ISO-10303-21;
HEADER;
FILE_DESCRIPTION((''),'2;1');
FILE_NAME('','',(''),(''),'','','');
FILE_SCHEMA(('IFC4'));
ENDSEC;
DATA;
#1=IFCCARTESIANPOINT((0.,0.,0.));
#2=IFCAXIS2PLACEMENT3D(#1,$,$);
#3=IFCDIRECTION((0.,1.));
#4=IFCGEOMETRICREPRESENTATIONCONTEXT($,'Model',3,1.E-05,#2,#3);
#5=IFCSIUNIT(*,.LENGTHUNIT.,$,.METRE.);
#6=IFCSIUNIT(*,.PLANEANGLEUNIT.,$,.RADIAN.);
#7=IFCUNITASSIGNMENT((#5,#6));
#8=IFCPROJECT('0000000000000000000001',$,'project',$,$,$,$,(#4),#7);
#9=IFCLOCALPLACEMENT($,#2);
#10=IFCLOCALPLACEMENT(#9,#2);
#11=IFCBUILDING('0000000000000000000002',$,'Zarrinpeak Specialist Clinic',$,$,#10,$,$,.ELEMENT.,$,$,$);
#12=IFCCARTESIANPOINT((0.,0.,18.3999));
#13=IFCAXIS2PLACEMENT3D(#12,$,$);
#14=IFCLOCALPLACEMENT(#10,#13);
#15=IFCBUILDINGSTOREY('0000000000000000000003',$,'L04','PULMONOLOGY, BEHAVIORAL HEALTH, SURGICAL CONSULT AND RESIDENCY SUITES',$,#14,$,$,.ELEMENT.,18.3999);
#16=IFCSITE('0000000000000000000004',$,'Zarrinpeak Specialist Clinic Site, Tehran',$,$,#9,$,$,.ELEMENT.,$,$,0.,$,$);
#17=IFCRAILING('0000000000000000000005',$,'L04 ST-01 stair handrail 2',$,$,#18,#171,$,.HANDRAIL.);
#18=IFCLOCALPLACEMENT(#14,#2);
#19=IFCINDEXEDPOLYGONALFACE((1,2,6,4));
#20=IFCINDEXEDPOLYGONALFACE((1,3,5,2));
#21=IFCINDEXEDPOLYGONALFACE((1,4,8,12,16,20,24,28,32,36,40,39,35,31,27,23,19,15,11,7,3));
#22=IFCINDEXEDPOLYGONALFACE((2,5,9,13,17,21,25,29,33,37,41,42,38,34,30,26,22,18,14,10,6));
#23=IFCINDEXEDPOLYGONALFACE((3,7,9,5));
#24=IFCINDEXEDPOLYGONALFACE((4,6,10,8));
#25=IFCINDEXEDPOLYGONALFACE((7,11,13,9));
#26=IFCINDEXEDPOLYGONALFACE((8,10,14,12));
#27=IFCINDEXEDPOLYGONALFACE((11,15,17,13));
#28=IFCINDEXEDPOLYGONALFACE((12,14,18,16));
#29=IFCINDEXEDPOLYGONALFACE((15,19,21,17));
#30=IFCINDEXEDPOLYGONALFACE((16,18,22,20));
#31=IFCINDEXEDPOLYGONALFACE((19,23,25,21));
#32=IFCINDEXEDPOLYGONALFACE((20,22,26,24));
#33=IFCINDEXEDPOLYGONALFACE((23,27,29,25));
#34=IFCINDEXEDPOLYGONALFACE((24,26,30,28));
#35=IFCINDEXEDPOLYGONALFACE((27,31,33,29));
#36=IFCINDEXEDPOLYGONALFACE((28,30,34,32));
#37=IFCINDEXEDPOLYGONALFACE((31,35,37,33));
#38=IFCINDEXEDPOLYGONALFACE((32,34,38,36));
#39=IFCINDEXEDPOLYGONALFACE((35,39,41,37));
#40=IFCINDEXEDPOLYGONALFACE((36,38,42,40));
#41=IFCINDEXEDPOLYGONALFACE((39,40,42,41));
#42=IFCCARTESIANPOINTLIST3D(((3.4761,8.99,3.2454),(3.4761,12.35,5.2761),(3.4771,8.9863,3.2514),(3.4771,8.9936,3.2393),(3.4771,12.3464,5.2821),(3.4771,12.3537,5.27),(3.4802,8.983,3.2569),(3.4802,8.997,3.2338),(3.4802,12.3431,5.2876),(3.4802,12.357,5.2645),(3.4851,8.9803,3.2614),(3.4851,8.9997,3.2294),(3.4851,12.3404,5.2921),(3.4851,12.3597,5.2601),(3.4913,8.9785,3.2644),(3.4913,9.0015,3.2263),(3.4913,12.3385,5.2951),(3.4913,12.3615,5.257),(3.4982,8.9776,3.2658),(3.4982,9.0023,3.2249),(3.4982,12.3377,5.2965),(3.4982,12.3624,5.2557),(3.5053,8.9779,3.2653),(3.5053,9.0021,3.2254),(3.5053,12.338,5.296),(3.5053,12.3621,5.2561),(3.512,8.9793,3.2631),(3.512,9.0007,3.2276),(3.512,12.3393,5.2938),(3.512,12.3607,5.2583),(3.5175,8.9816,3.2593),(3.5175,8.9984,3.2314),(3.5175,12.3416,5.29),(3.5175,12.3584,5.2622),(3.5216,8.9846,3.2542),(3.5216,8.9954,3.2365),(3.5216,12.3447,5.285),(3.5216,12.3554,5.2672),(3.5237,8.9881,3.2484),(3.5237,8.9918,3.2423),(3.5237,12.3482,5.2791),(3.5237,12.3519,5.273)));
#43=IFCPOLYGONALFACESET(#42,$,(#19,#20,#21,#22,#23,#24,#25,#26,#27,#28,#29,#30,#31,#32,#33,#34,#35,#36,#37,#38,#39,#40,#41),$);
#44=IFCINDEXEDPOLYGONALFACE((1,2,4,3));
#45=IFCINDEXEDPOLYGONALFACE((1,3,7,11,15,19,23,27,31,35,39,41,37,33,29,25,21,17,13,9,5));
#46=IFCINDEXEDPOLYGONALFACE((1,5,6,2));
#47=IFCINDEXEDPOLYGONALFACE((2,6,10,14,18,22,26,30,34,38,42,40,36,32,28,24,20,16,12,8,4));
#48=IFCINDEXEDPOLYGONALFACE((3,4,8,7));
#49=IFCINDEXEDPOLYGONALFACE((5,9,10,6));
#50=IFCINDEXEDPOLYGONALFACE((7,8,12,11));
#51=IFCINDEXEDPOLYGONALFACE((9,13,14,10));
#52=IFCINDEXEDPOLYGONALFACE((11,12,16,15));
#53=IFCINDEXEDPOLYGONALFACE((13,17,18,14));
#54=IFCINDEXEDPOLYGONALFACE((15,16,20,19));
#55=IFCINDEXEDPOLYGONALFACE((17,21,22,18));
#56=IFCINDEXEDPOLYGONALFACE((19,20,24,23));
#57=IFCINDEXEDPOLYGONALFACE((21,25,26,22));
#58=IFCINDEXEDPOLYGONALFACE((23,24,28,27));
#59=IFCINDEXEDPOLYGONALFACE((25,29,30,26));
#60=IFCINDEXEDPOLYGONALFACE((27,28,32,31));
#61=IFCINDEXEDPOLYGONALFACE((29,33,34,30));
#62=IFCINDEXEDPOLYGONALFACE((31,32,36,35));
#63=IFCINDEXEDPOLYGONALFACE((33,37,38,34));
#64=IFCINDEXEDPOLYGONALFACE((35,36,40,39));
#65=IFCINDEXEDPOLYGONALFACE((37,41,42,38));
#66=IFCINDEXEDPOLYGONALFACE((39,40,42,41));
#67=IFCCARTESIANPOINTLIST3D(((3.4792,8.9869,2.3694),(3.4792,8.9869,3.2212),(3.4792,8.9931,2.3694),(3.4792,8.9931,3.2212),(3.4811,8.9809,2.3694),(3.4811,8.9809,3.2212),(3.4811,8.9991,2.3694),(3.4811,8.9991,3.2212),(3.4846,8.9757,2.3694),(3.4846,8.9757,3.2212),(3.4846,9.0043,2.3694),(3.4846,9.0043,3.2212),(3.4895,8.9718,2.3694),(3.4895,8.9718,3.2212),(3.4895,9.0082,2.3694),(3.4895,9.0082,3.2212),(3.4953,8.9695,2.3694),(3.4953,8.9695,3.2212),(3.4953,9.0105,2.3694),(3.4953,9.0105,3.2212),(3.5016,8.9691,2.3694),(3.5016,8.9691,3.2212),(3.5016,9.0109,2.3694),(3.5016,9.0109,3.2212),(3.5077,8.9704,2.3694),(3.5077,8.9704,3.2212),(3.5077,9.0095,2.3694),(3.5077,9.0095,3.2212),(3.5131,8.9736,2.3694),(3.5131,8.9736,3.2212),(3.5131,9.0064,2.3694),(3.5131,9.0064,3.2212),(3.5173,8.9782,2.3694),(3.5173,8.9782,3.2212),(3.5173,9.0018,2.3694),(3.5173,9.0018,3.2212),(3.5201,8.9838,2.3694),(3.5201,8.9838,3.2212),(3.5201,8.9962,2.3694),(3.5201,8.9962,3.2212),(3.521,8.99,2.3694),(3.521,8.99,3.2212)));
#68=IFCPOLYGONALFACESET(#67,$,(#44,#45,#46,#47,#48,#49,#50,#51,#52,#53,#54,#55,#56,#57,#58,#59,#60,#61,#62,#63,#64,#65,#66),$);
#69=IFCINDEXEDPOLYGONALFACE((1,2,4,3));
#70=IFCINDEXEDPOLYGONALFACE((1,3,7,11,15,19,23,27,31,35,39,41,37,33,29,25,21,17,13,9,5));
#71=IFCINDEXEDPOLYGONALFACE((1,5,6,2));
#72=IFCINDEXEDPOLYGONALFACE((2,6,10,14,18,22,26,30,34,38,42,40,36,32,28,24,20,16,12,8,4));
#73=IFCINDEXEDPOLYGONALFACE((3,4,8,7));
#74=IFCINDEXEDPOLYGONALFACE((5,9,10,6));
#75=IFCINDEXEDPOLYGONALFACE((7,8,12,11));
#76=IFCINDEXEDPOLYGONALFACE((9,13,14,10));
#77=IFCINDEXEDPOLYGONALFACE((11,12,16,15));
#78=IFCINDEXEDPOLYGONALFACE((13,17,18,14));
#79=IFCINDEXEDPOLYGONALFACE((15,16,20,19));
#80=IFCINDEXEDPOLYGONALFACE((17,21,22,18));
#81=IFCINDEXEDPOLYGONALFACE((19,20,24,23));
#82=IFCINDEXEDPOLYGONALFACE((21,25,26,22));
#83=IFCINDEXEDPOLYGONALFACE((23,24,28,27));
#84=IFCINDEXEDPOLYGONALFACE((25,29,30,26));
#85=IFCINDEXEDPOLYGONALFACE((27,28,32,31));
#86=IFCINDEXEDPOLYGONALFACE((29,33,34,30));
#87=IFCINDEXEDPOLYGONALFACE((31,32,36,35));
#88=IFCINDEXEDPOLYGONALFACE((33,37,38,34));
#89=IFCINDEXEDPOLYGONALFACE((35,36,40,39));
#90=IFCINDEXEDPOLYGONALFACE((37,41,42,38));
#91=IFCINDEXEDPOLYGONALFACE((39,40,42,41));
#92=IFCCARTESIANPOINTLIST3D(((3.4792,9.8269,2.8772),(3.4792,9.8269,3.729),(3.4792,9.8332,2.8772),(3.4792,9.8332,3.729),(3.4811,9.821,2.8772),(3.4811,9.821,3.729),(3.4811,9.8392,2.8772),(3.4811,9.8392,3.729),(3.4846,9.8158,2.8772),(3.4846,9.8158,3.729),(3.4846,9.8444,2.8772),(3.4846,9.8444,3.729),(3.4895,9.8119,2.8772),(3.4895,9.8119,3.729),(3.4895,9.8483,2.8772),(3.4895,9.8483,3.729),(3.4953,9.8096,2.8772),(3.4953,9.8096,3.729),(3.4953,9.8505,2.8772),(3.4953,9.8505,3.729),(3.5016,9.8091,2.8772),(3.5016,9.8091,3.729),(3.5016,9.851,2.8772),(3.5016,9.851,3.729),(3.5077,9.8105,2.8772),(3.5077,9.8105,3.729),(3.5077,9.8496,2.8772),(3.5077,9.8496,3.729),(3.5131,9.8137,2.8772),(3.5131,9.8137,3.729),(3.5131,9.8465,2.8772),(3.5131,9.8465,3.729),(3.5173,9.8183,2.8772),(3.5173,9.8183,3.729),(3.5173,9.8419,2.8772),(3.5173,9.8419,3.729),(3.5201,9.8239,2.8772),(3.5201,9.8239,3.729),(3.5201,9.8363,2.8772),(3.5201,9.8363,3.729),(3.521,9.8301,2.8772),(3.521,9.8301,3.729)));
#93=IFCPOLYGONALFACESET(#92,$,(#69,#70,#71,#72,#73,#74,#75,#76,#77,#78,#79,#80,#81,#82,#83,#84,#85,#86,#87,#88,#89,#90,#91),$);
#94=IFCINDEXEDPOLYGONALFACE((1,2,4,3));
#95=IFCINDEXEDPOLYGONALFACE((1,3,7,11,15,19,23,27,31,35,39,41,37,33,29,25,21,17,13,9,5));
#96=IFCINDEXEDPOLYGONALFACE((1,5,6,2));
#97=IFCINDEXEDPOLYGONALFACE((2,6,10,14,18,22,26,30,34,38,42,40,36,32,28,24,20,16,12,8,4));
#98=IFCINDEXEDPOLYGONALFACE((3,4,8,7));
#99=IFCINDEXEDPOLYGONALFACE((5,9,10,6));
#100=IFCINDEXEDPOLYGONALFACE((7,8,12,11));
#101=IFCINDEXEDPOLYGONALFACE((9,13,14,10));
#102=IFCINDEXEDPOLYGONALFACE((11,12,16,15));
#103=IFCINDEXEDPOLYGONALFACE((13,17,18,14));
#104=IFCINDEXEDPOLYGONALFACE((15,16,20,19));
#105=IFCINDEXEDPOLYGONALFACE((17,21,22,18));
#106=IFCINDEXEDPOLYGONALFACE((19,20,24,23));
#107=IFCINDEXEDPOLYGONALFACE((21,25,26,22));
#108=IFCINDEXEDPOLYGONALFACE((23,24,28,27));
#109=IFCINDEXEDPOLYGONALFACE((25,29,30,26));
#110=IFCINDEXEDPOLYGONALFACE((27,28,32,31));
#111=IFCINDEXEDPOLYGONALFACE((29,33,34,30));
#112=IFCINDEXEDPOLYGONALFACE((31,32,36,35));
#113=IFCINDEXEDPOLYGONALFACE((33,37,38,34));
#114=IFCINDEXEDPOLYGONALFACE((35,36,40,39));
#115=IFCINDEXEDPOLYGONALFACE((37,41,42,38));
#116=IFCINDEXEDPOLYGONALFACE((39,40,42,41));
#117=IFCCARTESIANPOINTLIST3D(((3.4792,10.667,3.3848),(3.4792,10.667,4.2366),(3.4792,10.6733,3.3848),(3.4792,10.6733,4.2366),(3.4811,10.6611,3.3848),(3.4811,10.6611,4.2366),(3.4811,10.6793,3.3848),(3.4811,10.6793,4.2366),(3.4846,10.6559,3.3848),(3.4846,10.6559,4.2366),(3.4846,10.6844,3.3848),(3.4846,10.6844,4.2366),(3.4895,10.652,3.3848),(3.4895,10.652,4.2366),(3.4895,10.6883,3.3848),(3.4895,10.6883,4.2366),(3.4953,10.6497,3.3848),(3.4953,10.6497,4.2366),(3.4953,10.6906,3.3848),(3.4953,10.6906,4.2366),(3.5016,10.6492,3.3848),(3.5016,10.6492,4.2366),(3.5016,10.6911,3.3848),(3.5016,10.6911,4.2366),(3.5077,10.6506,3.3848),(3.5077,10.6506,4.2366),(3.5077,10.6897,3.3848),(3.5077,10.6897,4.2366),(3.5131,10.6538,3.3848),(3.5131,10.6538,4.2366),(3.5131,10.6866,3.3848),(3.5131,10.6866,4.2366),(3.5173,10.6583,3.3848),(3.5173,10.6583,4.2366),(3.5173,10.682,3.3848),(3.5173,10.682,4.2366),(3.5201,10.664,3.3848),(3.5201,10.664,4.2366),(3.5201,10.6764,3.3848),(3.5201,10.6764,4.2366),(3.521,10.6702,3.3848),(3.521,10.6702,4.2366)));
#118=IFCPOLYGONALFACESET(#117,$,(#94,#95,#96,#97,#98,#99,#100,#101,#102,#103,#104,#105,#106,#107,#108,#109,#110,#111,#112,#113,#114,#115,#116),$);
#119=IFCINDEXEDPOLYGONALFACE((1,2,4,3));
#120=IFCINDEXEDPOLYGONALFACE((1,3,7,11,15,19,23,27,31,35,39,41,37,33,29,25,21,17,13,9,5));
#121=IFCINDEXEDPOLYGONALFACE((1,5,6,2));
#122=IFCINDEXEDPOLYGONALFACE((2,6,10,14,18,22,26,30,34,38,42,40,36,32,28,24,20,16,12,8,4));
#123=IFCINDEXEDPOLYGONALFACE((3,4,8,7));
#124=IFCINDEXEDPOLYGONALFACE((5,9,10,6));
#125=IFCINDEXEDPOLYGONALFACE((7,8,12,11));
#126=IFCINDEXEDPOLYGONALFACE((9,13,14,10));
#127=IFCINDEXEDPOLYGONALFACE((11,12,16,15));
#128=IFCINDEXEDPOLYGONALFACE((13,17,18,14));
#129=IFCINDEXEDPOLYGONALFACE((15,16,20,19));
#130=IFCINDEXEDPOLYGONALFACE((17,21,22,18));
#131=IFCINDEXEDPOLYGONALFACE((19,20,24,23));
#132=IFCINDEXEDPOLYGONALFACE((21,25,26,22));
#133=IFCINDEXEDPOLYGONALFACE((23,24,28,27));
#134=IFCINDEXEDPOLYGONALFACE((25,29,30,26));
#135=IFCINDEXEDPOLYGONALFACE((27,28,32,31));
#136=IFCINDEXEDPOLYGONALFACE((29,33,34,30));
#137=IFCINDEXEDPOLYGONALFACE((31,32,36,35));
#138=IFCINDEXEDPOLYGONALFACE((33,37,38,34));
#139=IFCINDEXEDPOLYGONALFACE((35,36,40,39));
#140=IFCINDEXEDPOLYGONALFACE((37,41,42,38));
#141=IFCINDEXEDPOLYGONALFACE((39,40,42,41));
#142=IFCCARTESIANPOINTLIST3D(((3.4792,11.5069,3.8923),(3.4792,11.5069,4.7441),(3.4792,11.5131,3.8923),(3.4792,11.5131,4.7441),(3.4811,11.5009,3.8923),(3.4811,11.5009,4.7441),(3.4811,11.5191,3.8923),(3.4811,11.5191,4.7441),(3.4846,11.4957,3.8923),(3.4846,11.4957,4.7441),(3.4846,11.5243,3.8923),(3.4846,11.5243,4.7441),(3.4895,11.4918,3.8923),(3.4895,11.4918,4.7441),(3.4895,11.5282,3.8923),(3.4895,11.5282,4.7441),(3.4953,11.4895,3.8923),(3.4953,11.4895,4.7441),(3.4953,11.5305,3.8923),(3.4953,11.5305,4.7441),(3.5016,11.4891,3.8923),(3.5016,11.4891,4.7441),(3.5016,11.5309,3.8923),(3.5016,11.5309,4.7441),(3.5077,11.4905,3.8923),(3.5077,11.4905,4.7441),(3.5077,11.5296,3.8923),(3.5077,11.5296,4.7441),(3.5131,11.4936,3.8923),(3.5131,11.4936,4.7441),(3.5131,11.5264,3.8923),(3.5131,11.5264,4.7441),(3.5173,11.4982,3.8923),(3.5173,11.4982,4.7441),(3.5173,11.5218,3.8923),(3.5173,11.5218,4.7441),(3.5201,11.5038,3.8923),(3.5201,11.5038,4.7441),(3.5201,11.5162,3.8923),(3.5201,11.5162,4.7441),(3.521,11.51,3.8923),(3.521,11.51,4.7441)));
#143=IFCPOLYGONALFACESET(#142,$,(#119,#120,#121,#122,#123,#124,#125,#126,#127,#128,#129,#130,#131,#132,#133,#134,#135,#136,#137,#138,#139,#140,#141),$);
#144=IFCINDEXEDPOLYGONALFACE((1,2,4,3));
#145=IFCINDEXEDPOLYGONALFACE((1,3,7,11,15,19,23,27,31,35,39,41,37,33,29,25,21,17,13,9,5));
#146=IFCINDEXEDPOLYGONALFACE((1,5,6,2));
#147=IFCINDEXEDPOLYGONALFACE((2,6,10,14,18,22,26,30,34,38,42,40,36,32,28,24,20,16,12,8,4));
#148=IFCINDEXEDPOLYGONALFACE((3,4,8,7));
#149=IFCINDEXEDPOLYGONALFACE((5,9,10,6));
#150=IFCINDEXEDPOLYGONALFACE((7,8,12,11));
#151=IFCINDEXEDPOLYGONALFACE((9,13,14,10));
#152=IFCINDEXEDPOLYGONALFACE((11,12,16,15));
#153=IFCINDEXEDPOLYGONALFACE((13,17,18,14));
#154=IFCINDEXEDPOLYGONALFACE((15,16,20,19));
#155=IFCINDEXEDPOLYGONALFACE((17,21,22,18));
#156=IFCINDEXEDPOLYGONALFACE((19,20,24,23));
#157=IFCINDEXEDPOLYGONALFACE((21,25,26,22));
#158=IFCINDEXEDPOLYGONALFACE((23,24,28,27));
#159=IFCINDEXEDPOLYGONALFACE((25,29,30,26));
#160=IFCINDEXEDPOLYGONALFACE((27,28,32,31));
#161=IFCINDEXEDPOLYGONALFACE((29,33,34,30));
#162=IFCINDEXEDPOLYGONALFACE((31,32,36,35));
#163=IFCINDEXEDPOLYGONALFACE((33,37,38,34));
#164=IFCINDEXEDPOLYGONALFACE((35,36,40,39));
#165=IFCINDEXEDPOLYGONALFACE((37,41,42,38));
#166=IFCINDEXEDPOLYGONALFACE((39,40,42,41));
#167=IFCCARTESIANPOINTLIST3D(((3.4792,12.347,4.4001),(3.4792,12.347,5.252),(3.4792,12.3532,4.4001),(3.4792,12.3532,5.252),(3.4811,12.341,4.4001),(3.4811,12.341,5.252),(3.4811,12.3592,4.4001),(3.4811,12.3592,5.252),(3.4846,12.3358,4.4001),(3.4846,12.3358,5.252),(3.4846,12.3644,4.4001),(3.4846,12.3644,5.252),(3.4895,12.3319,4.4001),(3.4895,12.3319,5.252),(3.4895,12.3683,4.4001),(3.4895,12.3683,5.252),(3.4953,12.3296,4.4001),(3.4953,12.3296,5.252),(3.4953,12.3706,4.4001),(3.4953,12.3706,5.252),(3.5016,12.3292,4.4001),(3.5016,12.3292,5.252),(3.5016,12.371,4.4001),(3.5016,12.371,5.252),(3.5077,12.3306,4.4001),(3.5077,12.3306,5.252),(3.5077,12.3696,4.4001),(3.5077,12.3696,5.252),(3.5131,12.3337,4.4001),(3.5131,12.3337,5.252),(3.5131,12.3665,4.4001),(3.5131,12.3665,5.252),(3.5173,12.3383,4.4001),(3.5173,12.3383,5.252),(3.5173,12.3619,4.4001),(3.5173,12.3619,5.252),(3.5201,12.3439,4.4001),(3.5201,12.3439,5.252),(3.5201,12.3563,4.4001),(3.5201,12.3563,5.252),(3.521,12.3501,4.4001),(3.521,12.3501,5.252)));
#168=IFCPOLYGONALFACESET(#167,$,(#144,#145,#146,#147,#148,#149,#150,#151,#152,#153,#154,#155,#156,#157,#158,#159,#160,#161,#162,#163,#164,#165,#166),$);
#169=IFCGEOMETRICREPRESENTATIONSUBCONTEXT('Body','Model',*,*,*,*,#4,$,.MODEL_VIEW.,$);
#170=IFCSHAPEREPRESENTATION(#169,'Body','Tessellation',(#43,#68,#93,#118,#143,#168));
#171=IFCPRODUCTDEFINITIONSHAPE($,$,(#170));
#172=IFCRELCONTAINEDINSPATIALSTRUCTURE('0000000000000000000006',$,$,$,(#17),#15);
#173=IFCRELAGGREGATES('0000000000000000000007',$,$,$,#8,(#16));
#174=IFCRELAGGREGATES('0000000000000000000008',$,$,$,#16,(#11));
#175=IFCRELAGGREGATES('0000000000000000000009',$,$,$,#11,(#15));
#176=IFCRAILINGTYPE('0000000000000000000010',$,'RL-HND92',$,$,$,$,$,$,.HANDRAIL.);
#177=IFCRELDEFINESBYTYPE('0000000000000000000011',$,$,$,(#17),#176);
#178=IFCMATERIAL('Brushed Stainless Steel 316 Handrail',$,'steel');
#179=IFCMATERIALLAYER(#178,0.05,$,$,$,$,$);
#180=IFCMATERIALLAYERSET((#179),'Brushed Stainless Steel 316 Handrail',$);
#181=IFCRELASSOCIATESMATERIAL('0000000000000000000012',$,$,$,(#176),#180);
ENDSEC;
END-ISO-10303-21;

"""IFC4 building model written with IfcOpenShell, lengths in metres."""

from ifc_helpers import new_model, si_unit, direction, frame, origin, origin_2d, place, context, subcontext, project, spatial, circle, extrude, material, layer, layer_set, type_object, element, save


model = new_model("IFC4")

# Units and contexts
model_context = context("Model", 3, precision=1e-05, world=origin(), true_north=direction((0.0, 1.0)))
body_context = subcontext(model_context, "Body", "Model", "MODEL_VIEW")
ifc_project = project(units=[si_unit("LENGTHUNIT", "METRE"), si_unit("PLANEANGLEUNIT", "RADIAN")], contexts=[model_context])

# Site, building, storey
site_placement = place(None, origin())
site = spatial("IfcSite", under=ifc_project, at=site_placement, Name="Zarrinpeak Specialist Clinic Site, Tehran", CompositionType="ELEMENT", RefElevation=0.0)
building_placement = place(site_placement, origin())
building = spatial("IfcBuilding", under=site, at=building_placement, Name="Zarrinpeak Specialist Clinic", CompositionType="ELEMENT")
storey_placement = place(building_placement, frame((0.0, 0.0, 18.3999)))
storey = spatial("IfcBuildingStorey", under=building, at=storey_placement, Name="L04", Description="PULMONOLOGY, BEHAVIORAL HEALTH, SURGICAL CONSULT AND RESIDENCY SUITES", CompositionType="ELEMENT", Elevation=18.3999)

# Railing
ifc_material_1 = material(Name="Brushed Stainless Steel 316 Handrail", Category="steel")
ifc_layer_1 = layer(ifc_material_1, 0.05)
ifc_layer_set_1 = layer_set([ifc_layer_1], Name="Brushed Stainless Steel 316 Handrail")
railing_type_1 = type_object("IfcRailingType", Name="RL-HND92", PredefinedType="HANDRAIL", material=ifc_layer_set_1)
railing_1_placement = place(storey_placement, frame((3.5, 8.99, 2.3694)))
element("IfcRailing", 1, at=railing_1_placement, inside=storey, type_object=railing_type_1, Name="L04 ST-01 stair handrail 2", PredefinedType="HANDRAIL", context=body_context, shape_type="SweptSolid", body=[
    extrude(circle(Radius=0.0239, at=origin_2d()), frame((0.0, 0.0, 0.876), z_axis=(0.0, 0.855837, 0.517246), x_axis=(-1.0, 0.0, 0.0)), (0.0, 0.0, 1.0), 3.926),
    extrude(circle(Radius=0.021, at=origin_2d()), origin(), (0.0, 0.0, 1.0), 0.8518),
    extrude(circle(Radius=0.021, at=origin_2d()), frame((0.0, 0.8401, 0.5078)), (0.0, 0.0, 1.0), 0.8518),
    extrude(circle(Radius=0.021, at=origin_2d()), frame((0.0, 1.6802, 1.0154)), (0.0, 0.0, 1.0), 0.8518),
    extrude(circle(Radius=0.021, at=origin_2d()), frame((0.0, 2.52, 1.5229)), (0.0, 0.0, 1.0), 0.8518),
    extrude(circle(Radius=0.021, at=origin_2d()), frame((0.0, 3.3601, 2.0308)), (0.0, 0.0, 1.0), 0.8518),
])

save(model, "model.ifc")
